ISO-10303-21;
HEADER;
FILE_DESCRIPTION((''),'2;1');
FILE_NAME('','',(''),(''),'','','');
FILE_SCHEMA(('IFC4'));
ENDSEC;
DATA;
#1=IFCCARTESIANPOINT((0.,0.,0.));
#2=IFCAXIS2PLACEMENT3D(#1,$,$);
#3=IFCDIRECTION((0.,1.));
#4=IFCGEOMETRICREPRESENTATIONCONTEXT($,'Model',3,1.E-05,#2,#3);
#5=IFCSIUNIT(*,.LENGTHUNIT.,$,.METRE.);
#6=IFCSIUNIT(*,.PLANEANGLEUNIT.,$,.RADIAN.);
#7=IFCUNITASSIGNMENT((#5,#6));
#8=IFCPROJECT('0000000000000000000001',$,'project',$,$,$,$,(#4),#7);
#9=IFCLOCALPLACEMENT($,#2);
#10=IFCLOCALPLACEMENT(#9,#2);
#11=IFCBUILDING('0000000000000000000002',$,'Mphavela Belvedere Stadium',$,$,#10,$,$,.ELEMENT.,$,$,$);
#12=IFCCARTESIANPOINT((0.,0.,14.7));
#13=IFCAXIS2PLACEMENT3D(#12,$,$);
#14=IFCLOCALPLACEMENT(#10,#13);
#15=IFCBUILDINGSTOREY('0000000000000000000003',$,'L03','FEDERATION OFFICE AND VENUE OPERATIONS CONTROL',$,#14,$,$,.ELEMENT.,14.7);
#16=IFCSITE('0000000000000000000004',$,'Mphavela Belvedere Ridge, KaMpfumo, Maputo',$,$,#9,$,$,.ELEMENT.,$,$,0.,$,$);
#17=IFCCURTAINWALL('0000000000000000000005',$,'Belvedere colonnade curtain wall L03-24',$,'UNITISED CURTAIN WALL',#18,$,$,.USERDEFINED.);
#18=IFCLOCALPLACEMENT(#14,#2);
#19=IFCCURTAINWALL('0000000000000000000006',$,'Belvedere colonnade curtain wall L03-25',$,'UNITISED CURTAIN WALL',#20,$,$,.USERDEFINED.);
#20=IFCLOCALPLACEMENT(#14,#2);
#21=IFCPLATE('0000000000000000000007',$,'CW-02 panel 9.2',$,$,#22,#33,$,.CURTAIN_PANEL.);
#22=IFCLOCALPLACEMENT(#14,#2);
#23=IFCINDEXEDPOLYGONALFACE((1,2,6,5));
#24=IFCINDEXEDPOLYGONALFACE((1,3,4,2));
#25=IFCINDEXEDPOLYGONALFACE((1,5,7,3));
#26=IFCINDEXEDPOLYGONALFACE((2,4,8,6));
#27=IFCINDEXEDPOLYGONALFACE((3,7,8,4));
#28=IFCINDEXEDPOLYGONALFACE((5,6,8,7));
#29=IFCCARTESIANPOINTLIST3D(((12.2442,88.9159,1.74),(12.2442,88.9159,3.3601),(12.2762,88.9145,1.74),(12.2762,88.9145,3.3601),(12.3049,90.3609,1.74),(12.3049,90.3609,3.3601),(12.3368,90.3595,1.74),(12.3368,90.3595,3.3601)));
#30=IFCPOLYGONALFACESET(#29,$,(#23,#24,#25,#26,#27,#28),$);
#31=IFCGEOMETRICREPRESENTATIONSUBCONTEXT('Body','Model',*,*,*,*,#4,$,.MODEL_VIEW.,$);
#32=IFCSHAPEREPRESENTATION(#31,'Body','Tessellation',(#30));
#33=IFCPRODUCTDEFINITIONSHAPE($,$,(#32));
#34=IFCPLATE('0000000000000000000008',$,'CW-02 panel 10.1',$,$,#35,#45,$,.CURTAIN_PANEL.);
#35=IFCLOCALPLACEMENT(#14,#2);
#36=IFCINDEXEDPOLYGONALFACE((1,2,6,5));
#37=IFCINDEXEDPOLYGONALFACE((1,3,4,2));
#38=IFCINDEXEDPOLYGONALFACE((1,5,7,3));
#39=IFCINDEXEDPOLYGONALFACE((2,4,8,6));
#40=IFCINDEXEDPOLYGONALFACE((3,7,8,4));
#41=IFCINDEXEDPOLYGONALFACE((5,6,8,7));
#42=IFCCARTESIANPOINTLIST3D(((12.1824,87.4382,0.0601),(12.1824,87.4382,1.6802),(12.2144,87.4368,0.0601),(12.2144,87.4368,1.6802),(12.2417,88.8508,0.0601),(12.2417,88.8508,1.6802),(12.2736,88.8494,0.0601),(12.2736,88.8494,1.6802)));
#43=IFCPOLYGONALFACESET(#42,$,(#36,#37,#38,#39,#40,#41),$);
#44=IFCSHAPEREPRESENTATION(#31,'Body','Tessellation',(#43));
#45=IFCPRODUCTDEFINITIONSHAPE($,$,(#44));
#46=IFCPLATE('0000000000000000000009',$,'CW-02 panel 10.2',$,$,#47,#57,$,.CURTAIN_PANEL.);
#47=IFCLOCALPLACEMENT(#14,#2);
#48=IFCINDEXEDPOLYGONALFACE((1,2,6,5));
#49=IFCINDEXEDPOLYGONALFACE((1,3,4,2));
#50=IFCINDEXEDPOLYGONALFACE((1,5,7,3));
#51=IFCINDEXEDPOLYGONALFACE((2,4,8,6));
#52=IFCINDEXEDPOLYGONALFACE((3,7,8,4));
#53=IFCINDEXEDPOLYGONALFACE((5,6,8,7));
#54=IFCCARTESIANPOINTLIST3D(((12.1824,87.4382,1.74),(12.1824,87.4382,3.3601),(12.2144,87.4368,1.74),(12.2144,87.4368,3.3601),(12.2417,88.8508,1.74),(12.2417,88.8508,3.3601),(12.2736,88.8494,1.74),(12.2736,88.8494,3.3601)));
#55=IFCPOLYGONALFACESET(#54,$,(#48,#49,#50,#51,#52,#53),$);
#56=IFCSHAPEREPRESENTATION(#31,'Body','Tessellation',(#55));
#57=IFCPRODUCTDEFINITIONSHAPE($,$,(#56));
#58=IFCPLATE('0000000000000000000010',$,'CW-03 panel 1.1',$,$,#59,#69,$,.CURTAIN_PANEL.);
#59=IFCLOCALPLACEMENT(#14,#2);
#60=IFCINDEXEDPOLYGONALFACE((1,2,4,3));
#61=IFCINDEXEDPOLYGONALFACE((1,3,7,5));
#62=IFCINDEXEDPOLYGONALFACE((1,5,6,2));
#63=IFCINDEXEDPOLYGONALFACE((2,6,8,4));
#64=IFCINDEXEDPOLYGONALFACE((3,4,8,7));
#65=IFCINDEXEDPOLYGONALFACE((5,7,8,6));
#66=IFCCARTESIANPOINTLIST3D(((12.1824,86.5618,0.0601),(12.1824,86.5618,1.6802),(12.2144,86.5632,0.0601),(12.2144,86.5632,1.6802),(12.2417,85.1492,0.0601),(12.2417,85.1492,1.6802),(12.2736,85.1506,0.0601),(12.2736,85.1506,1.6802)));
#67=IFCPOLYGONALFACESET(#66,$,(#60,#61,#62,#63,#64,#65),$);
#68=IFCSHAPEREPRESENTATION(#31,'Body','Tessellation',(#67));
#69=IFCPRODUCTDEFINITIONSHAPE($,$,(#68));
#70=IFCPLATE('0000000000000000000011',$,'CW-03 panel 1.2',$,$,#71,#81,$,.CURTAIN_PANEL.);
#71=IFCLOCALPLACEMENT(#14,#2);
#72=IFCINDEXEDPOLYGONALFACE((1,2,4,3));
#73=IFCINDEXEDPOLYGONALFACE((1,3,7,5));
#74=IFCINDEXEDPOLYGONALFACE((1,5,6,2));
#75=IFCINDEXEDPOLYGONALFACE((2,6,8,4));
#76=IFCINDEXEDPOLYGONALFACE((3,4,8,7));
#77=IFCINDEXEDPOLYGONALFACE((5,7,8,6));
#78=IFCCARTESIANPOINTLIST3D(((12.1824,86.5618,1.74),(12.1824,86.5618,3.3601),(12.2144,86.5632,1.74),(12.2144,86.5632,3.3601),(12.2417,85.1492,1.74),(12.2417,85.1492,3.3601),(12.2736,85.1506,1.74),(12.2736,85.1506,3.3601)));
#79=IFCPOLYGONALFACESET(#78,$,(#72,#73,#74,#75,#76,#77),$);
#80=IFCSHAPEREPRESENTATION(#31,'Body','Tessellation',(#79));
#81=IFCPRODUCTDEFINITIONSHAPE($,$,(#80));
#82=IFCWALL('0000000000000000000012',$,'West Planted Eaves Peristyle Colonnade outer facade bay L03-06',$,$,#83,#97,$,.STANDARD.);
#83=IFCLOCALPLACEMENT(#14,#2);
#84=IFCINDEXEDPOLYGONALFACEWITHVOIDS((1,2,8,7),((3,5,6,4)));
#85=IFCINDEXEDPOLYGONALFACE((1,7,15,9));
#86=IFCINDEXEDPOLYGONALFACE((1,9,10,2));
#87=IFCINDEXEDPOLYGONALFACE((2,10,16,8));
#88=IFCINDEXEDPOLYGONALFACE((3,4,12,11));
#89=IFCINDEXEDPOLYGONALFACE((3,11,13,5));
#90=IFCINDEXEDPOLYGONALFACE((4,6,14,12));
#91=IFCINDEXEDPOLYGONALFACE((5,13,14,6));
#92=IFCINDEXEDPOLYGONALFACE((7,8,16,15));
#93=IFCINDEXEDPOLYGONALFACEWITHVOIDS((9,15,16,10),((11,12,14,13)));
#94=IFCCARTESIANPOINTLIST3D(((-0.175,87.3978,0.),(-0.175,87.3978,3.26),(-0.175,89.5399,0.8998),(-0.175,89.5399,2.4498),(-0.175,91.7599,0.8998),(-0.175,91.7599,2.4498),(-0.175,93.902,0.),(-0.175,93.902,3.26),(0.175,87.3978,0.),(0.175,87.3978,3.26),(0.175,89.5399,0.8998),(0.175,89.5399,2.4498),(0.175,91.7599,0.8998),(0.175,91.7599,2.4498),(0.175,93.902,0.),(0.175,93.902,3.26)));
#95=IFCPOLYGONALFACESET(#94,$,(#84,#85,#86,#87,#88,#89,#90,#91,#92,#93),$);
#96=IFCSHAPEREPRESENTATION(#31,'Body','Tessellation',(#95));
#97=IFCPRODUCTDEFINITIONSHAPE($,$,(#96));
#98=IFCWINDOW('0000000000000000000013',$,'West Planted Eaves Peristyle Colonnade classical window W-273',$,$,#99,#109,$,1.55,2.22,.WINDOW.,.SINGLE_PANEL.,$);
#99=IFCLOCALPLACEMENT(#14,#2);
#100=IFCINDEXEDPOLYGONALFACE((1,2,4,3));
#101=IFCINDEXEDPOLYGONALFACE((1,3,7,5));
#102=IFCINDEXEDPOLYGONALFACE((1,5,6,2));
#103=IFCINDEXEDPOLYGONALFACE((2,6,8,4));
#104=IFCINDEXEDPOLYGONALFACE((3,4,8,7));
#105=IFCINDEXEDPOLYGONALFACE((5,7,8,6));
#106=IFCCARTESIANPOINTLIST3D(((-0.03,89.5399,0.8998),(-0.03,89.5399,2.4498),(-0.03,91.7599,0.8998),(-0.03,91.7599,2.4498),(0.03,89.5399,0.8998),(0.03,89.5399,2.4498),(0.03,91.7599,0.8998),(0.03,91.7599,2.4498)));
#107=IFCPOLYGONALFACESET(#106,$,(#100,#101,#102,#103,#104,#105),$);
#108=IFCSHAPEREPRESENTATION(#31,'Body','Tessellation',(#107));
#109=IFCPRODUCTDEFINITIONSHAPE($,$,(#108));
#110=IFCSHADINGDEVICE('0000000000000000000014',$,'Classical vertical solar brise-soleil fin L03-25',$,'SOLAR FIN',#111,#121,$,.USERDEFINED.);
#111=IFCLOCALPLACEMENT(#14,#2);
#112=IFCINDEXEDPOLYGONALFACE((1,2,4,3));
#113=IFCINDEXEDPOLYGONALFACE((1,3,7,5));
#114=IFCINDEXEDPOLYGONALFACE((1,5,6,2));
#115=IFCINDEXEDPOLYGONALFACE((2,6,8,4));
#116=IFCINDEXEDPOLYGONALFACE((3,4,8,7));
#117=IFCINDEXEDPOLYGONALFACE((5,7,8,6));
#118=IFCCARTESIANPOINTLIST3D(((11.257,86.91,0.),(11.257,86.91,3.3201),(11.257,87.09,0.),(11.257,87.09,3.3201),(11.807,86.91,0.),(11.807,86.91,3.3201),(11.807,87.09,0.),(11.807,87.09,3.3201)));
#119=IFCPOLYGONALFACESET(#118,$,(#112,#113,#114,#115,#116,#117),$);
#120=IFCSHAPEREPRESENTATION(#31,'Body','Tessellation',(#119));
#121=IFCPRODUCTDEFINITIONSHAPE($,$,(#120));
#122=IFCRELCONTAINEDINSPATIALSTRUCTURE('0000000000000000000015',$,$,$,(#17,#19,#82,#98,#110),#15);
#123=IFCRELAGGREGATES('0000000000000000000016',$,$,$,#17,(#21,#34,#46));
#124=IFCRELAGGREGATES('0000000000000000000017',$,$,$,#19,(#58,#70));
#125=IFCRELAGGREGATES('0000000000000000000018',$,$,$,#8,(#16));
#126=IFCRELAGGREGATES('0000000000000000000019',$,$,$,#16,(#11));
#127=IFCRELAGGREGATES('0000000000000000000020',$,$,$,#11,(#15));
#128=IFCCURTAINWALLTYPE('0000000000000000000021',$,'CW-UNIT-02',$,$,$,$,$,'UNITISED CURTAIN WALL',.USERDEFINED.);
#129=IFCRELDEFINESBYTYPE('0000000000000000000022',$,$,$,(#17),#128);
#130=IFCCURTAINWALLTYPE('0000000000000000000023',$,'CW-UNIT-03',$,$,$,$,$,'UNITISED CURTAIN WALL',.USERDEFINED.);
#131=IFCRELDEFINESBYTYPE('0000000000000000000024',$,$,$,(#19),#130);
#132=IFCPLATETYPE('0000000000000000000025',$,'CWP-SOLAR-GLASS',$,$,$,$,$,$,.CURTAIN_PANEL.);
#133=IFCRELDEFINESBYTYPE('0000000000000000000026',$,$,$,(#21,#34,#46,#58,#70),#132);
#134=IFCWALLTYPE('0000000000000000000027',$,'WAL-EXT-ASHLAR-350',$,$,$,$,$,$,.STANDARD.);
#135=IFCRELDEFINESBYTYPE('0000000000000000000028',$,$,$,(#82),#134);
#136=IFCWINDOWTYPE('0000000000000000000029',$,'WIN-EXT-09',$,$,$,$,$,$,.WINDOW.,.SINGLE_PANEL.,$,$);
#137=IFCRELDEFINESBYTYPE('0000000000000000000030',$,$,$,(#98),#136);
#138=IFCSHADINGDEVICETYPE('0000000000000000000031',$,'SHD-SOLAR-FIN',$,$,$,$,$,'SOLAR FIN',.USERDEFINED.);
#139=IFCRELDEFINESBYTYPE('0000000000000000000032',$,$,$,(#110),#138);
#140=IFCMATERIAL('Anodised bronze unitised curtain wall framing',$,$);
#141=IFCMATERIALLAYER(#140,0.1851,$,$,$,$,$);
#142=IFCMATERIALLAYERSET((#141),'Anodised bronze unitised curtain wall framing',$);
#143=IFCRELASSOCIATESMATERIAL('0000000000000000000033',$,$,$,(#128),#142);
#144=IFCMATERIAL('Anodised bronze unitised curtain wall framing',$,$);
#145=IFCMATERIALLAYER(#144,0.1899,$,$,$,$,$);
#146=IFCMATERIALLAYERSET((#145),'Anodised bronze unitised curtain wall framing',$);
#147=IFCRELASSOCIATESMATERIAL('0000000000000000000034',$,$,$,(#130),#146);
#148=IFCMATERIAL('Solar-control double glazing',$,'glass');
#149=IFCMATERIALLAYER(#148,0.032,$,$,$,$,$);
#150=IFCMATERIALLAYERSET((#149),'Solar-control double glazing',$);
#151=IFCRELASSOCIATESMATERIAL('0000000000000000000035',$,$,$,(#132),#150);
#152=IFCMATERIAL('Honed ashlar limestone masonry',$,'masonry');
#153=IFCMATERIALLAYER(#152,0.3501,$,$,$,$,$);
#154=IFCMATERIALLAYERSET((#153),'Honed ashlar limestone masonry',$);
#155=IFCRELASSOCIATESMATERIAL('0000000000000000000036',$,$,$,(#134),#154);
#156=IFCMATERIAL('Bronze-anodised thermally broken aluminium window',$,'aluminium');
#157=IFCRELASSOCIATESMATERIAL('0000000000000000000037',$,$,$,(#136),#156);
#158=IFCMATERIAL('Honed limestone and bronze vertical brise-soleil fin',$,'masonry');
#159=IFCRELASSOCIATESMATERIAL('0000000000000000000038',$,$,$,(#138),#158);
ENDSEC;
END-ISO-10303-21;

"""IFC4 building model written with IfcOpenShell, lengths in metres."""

from ifc_helpers import new_model, si_unit, direction, frame, frame_2d, origin, origin_2d, place, context, subcontext, project, spatial, rectangle, extrude, material, layer, layer_set, type_object, element, fill, aggregate, save


model = new_model("IFC4")

# Units and contexts
model_context = context("Model", 3, precision=1e-05, world=origin(), true_north=direction((0.0, 1.0)))
body_context = subcontext(model_context, "Body", "Model", "MODEL_VIEW")
ifc_project = project(units=[si_unit("LENGTHUNIT", "METRE"), si_unit("PLANEANGLEUNIT", "RADIAN")], contexts=[model_context])

# Site, building, storey
site_placement = place(None, origin())
site = spatial("IfcSite", under=ifc_project, at=site_placement, Name="Mphavela Belvedere Ridge, KaMpfumo, Maputo", CompositionType="ELEMENT", RefElevation=0.0)
building_placement = place(site_placement, origin())
building = spatial("IfcBuilding", under=site, at=building_placement, Name="Mphavela Belvedere Stadium", CompositionType="ELEMENT")
storey_placement = place(building_placement, frame((0.0, 0.0, 14.7)))
storey = spatial("IfcBuildingStorey", under=building, at=storey_placement, Name="L03", Description="FEDERATION OFFICE AND VENUE OPERATIONS CONTROL", CompositionType="ELEMENT", Elevation=14.7)

# Curtain walls
ifc_material_1 = material(Name="Anodised bronze unitised curtain wall framing")
ifc_layer_1 = layer(ifc_material_1, 0.1851)
ifc_layer_set_1 = layer_set([ifc_layer_1], Name="Anodised bronze unitised curtain wall framing")
curtain_wall_type_1 = type_object("IfcCurtainWallType", Name="CW-UNIT-02", ElementType="UNITISED CURTAIN WALL", PredefinedType="USERDEFINED", material=ifc_layer_set_1)
curtain_wall_1_placement = place(storey_placement, origin())
curtain_wall_1 = element("IfcCurtainWall", 1, at=curtain_wall_1_placement, inside=storey, type_object=curtain_wall_type_1, Name="Belvedere colonnade curtain wall L03-24", ObjectType="UNITISED CURTAIN WALL", PredefinedType="USERDEFINED")
ifc_material_2 = material(Name="Anodised bronze unitised curtain wall framing")
ifc_layer_2 = layer(ifc_material_2, 0.1899)
ifc_layer_set_2 = layer_set([ifc_layer_2], Name="Anodised bronze unitised curtain wall framing")
curtain_wall_type_2 = type_object("IfcCurtainWallType", Name="CW-UNIT-03", ElementType="UNITISED CURTAIN WALL", PredefinedType="USERDEFINED", material=ifc_layer_set_2)
curtain_wall_2_placement = place(storey_placement, origin())
curtain_wall_2 = element("IfcCurtainWall", 2, at=curtain_wall_2_placement, inside=storey, type_object=curtain_wall_type_2, Name="Belvedere colonnade curtain wall L03-25", ObjectType="UNITISED CURTAIN WALL", PredefinedType="USERDEFINED")

# Plates
ifc_material_3 = material(Name="Solar-control double glazing", Category="glass")
ifc_layer_3 = layer(ifc_material_3, 0.032)
ifc_layer_set_3 = layer_set([ifc_layer_3], Name="Solar-control double glazing")
plate_type = type_object("IfcPlateType", Name="CWP-SOLAR-GLASS", PredefinedType="CURTAIN_PANEL", material=ifc_layer_set_3)
plate_1_placement = place(storey_placement, frame((12.2905, 89.6377, 1.74), z_axis=(0.0, 0.0, 1.0), x_axis=(-0.041911, -0.999121, 0.0)))
plate_1 = element("IfcPlate", 3, at=plate_1_placement, type_object=plate_type, Name="CW-02 panel 9.2", PredefinedType="CURTAIN_PANEL", context=body_context, shape_type="SweptSolid", body=[
    extrude(rectangle(XDim=1.4463, YDim=0.032, at=origin_2d()), origin(), (0.0, 0.0, 1.0), 1.6201),
])
plate_2_placement = place(storey_placement, frame((12.228, 88.1438, 0.0601), z_axis=(0.0, 0.0, 1.0), x_axis=(-0.041911, -0.999121, 0.0)))
plate_2 = element("IfcPlate", 4, at=plate_2_placement, type_object=plate_type, Name="CW-02 panel 10.1", PredefinedType="CURTAIN_PANEL", context=body_context, shape_type="SweptSolid", body=[
    extrude(rectangle(XDim=1.4138, YDim=0.032, at=origin_2d()), origin(), (0.0, 0.0, 1.0), 1.6201),
])
plate_3_placement = place(storey_placement, frame((12.228, 88.1438, 1.74), z_axis=(0.0, 0.0, 1.0), x_axis=(-0.041911, -0.999121, 0.0)))
plate_3 = element("IfcPlate", 5, at=plate_3_placement, type_object=plate_type, Name="CW-02 panel 10.2", PredefinedType="CURTAIN_PANEL", context=body_context, shape_type="SweptSolid", body=[
    extrude(rectangle(XDim=1.4138, YDim=0.032, at=origin_2d()), origin(), (0.0, 0.0, 1.0), 1.6201),
])
aggregate(curtain_wall_1, [plate_1, plate_2, plate_3])
plate_4_placement = place(storey_placement, frame((12.228, 85.8562, 0.0601), z_axis=(0.0, 0.0, 1.0), x_axis=(0.041911, -0.999121, 0.0)))
plate_4 = element("IfcPlate", 6, at=plate_4_placement, type_object=plate_type, Name="CW-03 panel 1.1", PredefinedType="CURTAIN_PANEL", context=body_context, shape_type="SweptSolid", body=[
    extrude(rectangle(XDim=1.4138, YDim=0.032, at=origin_2d()), origin(), (0.0, 0.0, 1.0), 1.6201),
])
plate_5_placement = place(storey_placement, frame((12.228, 85.8562, 1.74), z_axis=(0.0, 0.0, 1.0), x_axis=(0.041911, -0.999121, 0.0)))
plate_5 = element("IfcPlate", 7, at=plate_5_placement, type_object=plate_type, Name="CW-03 panel 1.2", PredefinedType="CURTAIN_PANEL", context=body_context, shape_type="SweptSolid", body=[
    extrude(rectangle(XDim=1.4138, YDim=0.032, at=origin_2d()), origin(), (0.0, 0.0, 1.0), 1.6201),
])
aggregate(curtain_wall_2, [plate_4, plate_5])

# Wall, opening, window
ifc_material_4 = material(Name="Honed ashlar limestone masonry", Category="masonry")
ifc_layer_4 = layer(ifc_material_4, 0.3501)
ifc_layer_set_4 = layer_set([ifc_layer_4], Name="Honed ashlar limestone masonry")
wall_type = type_object("IfcWallType", Name="WAL-EXT-ASHLAR-350", PredefinedType="STANDARD", material=ifc_layer_set_4)
wall_placement = place(storey_placement, frame((0.0, 87.3979, 0.0), z_axis=(0.0, 0.0, 1.0), x_axis=(0.0, 1.0, 0.0)))
wall = element("IfcWall", 8, at=wall_placement, inside=storey, type_object=wall_type, Name="West Planted Eaves Peristyle Colonnade outer facade bay L03-06", PredefinedType="STANDARD", context=body_context, shape_type="SweptSolid", body=[
    extrude(rectangle(XDim=6.5042, YDim=0.3501, at=frame_2d((3.252, 0.0))), origin(), (0.0, 0.0, 1.0), 3.26),
])
opening_placement = place(wall_placement, frame((2.1421, 0.0, 0.8999)))
opening = element("IfcOpeningElement", 9, at=opening_placement, cuts=wall, PredefinedType="OPENING", context=body_context, shape_type="SweptSolid", body=[
    extrude(rectangle(XDim=2.22, YDim=1.55, at=frame_2d((1.1099, 0.7749))), frame((0.0, 0.1851, 0.0), z_axis=(0.0, -1.0, 0.0), x_axis=(1.0, 0.0, 0.0)), (0.0, 0.0, 1.0), 0.3701),
])
ifc_material_5 = material(Name="Bronze-anodised thermally broken aluminium window", Category="aluminium")
window_type = type_object("IfcWindowType", Name="WIN-EXT-09", PartitioningType="SINGLE_PANEL", PredefinedType="WINDOW", material=ifc_material_5)
window_placement = place(opening_placement, origin())
window = element("IfcWindow", 10, at=window_placement, inside=storey, type_object=window_type, Name="West Planted Eaves Peristyle Colonnade classical window W-273", OverallHeight=1.55, OverallWidth=2.22, PartitioningType="SINGLE_PANEL", PredefinedType="WINDOW", context=body_context, shape_type="SweptSolid", body=[
    extrude(rectangle(XDim=2.22, YDim=1.55, at=frame_2d((1.1099, 0.7749))), frame((0.0, 0.03, 0.0), z_axis=(0.0, -1.0, 0.0), x_axis=(1.0, 0.0, 0.0)), (0.0, 0.0, 1.0), 0.0601),
])
fill(opening, window)

# Shading device
ifc_material_6 = material(Name="Honed limestone and bronze vertical brise-soleil fin", Category="masonry")
shading_device_type = type_object("IfcShadingDeviceType", Name="SHD-SOLAR-FIN", ElementType="SOLAR FIN", PredefinedType="USERDEFINED", material=ifc_material_6)
shading_device_placement = place(storey_placement, frame((11.532, 87.0, 0.0), z_axis=(0.0, 0.0, 1.0), x_axis=(-1.0, 0.0, 0.0)))
element("IfcShadingDevice", 11, at=shading_device_placement, inside=storey, type_object=shading_device_type, Name="Classical vertical solar brise-soleil fin L03-25", ObjectType="SOLAR FIN", PredefinedType="USERDEFINED", context=body_context, shape_type="SweptSolid", body=[
    extrude(rectangle(XDim=0.55, YDim=0.1799, at=origin_2d()), origin(), (0.0, 0.0, 1.0), 3.3201),
])

save(model, "model.ifc")
